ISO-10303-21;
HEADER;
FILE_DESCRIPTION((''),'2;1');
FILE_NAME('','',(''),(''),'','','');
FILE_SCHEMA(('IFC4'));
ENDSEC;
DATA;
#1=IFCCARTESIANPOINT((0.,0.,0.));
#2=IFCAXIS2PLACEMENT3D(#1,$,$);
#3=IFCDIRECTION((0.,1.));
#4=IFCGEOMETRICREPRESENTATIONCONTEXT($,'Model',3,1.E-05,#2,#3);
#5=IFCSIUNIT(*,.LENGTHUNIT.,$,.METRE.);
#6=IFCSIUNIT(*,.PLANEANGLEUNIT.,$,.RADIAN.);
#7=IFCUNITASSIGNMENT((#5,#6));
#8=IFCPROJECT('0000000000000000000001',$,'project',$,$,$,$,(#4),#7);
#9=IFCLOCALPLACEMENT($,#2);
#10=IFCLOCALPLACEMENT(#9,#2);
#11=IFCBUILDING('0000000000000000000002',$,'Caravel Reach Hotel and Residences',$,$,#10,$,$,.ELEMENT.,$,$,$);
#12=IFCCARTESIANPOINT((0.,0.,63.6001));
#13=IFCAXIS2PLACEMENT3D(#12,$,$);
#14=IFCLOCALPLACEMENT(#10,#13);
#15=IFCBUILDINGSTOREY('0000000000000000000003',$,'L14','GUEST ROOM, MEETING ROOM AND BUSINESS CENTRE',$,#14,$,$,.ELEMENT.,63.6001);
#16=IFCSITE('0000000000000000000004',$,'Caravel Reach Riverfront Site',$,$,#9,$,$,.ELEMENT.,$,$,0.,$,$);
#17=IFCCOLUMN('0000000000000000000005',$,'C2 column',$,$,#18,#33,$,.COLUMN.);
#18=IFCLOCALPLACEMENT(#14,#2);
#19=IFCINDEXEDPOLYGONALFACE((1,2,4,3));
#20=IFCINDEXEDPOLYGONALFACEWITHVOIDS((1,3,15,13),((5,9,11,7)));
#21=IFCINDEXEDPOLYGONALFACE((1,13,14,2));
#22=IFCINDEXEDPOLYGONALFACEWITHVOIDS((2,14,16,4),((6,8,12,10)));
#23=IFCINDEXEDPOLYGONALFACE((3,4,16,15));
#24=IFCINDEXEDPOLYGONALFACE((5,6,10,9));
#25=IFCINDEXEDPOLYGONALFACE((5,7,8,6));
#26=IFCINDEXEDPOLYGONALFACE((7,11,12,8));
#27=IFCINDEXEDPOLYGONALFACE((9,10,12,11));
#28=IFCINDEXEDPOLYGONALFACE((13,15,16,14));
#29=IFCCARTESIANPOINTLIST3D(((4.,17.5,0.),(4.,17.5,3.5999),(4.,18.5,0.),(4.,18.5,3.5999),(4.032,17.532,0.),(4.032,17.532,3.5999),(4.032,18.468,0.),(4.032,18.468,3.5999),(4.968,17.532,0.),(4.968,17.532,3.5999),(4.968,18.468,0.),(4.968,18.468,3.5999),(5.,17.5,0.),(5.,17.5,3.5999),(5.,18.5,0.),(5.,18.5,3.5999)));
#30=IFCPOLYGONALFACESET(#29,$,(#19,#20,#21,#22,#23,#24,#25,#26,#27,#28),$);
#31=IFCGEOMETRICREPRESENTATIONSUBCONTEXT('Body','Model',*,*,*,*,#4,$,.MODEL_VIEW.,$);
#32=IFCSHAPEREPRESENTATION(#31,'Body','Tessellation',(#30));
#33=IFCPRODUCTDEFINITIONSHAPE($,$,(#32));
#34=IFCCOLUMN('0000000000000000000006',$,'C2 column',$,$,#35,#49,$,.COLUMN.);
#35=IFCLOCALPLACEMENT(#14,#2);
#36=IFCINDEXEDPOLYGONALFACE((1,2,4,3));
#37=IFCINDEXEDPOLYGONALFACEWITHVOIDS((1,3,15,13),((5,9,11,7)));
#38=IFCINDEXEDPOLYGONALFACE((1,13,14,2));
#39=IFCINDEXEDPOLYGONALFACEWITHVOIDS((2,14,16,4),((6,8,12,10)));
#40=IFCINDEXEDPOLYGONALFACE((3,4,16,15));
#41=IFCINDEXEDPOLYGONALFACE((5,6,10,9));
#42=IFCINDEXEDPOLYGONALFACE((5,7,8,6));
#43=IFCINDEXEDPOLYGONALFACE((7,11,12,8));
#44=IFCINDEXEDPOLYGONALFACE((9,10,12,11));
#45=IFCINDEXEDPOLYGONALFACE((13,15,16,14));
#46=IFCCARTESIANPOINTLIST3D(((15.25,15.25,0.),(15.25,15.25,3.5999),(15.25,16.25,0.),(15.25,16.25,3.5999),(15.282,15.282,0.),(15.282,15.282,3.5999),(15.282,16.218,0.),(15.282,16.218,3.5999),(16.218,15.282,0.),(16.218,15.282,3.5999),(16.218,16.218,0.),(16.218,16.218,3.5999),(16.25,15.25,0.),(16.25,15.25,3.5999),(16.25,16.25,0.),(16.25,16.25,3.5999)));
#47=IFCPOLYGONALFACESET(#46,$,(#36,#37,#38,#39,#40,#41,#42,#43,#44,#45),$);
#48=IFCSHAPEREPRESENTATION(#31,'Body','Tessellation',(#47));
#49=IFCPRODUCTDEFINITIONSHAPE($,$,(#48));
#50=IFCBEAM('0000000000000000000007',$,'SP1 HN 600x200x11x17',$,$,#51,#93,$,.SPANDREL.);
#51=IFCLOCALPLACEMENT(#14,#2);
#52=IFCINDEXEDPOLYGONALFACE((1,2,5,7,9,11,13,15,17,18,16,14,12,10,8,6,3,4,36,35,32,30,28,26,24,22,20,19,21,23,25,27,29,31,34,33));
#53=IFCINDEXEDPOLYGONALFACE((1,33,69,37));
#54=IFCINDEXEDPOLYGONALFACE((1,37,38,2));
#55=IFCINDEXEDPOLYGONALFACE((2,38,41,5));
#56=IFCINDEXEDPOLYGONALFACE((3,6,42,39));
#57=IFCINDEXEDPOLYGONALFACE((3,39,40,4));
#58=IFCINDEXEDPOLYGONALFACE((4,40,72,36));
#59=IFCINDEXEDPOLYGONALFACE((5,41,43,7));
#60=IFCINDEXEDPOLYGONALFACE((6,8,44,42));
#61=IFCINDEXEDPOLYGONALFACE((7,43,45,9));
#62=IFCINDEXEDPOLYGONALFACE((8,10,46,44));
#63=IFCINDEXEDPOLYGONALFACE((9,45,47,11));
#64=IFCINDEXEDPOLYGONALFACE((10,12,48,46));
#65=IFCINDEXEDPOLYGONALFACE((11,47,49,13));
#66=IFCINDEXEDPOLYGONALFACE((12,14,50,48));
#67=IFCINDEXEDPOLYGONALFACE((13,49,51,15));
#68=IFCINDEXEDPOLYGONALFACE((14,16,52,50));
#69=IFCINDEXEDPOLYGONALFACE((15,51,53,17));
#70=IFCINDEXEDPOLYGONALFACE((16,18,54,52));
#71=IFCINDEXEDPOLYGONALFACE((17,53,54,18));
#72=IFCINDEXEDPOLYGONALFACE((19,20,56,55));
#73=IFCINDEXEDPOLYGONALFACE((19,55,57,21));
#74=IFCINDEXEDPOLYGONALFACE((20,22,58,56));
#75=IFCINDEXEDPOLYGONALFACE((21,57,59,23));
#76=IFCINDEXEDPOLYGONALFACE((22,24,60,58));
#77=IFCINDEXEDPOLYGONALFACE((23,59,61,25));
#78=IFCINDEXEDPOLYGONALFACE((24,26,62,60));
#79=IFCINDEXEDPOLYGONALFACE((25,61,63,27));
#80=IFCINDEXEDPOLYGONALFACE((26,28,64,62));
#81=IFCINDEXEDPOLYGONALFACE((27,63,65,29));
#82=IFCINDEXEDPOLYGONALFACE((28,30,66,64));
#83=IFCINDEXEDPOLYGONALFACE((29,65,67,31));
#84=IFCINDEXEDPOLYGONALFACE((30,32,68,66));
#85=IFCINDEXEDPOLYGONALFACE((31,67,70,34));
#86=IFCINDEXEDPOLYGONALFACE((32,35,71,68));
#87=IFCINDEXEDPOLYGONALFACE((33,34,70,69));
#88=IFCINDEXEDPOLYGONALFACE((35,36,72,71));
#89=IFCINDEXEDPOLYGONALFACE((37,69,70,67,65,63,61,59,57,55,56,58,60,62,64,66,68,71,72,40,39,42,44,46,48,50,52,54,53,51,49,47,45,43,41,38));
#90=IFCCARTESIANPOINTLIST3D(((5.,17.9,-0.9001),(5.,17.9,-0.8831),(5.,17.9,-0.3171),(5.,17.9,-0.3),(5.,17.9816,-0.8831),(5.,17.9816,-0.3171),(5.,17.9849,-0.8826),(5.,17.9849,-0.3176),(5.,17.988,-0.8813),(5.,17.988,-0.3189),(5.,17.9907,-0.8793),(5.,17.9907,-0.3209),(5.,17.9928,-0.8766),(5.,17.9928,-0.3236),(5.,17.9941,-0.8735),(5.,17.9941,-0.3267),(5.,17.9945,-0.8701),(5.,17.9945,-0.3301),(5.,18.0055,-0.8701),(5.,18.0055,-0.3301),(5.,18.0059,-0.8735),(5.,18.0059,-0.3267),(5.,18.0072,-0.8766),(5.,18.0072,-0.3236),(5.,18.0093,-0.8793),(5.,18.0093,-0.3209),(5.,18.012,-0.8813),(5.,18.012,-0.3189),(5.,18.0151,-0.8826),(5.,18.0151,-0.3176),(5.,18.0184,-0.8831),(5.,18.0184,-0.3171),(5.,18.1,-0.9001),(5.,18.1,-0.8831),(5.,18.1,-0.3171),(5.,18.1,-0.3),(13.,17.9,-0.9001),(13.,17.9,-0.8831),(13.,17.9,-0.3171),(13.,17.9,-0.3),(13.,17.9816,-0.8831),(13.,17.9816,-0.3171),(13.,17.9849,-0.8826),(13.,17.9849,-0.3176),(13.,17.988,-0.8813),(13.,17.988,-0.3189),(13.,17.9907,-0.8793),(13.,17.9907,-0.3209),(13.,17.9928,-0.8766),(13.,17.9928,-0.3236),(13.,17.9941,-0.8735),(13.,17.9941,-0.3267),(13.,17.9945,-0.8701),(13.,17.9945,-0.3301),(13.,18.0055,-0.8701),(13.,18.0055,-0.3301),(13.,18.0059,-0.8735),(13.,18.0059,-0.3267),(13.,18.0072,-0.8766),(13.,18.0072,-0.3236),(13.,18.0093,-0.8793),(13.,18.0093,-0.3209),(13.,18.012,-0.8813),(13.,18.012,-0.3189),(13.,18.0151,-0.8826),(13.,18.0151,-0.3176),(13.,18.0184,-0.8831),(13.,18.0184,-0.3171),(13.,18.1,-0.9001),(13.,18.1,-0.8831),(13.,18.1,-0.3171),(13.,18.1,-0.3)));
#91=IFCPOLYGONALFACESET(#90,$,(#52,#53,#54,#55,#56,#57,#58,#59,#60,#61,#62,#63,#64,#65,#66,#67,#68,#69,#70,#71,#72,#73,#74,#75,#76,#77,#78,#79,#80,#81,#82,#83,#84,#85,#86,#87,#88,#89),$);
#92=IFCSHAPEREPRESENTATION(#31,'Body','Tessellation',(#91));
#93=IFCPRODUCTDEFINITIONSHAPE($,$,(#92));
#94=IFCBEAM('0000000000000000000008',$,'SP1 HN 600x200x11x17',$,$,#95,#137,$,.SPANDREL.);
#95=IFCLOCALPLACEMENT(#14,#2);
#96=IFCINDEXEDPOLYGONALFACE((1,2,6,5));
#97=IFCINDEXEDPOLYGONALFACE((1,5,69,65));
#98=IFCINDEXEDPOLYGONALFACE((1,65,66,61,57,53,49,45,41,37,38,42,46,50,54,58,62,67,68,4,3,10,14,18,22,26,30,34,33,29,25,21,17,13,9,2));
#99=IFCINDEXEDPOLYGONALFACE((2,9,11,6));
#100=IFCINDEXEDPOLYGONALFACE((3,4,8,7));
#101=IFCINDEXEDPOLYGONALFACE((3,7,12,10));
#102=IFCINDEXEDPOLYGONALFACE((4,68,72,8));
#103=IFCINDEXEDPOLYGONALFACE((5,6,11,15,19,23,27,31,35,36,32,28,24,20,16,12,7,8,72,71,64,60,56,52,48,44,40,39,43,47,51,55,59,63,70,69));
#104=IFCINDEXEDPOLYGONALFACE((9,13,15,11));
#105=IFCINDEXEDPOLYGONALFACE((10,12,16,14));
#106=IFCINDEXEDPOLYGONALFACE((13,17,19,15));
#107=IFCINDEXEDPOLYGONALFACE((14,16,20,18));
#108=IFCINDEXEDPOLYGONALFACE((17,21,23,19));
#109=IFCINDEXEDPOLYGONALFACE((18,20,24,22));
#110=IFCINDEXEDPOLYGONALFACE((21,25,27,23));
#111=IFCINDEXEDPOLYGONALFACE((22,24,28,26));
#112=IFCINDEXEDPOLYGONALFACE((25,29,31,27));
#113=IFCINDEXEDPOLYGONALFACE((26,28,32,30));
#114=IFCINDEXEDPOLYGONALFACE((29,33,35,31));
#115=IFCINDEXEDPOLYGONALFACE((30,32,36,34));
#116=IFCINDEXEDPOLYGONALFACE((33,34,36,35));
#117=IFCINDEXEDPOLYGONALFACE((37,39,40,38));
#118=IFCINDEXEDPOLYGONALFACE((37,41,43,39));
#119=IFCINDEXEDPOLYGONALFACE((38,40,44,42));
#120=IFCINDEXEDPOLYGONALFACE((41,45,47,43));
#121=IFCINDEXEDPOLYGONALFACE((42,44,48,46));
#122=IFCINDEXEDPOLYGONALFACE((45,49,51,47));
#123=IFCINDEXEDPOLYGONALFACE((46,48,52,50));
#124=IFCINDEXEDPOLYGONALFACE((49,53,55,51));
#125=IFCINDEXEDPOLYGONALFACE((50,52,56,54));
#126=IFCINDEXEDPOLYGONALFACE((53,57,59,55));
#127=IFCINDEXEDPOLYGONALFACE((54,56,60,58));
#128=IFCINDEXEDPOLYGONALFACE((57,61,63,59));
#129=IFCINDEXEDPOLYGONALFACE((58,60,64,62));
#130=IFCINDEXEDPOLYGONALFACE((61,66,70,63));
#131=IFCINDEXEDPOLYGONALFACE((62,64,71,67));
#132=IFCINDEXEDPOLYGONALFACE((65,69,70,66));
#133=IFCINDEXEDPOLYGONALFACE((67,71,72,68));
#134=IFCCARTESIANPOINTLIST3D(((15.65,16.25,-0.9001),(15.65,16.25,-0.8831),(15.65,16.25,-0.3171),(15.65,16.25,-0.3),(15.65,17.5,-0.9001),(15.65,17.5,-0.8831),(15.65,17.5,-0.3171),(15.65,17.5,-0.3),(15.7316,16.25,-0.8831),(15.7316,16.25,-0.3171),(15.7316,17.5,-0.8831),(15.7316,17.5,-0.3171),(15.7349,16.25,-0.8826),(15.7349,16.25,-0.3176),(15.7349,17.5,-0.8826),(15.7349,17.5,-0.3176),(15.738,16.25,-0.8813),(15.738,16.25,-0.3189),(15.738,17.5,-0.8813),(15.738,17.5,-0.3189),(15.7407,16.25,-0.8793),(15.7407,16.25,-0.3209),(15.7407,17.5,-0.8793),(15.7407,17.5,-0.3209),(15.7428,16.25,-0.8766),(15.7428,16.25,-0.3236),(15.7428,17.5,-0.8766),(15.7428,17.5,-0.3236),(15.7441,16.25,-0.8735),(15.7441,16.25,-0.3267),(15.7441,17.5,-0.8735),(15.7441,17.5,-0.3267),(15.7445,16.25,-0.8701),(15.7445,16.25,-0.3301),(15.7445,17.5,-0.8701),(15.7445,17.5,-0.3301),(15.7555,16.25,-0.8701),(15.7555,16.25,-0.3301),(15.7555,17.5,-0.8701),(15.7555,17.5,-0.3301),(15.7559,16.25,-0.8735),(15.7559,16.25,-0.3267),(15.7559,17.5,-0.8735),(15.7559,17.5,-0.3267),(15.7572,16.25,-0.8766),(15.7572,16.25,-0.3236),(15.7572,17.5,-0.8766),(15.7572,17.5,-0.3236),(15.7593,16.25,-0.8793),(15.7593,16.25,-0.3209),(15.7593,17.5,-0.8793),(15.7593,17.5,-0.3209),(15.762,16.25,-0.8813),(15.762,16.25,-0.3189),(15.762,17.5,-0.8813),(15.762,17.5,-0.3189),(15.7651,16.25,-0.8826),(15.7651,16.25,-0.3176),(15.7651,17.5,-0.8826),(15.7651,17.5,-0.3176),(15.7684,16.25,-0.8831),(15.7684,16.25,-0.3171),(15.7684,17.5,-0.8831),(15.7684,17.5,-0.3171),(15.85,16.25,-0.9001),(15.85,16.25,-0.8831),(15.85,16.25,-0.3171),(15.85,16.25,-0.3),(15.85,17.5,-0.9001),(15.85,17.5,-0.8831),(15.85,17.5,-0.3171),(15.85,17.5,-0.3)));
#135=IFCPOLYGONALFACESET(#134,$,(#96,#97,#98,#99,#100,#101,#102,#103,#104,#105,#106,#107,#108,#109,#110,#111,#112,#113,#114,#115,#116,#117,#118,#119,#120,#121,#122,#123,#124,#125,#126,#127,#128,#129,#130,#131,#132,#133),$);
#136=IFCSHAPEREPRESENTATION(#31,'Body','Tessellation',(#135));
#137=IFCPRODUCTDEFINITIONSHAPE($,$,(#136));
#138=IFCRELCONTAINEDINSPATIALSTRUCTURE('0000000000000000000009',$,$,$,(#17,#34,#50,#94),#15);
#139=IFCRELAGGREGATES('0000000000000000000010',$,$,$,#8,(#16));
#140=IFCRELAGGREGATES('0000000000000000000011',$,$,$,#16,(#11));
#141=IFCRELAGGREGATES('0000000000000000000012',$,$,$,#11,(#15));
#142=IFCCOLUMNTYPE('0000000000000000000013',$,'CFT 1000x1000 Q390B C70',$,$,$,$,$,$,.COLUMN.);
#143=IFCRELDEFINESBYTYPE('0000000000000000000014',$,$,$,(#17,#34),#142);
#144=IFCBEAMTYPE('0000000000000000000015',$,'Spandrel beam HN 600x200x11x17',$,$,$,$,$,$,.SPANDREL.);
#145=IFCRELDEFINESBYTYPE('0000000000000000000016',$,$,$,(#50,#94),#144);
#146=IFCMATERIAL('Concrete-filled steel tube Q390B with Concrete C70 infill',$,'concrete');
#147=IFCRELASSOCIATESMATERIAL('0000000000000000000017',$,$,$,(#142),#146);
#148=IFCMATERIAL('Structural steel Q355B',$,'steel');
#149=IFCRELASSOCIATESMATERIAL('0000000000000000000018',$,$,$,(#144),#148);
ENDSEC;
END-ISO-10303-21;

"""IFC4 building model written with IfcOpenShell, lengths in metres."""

from ifc_helpers import new_model, si_unit, direction, frame, origin, origin_2d, place, context, subcontext, project, spatial, hollow_rectangle, i_section, extrude, material, material_profile, profile_set, type_object, element, save


model = new_model("IFC4")

# Units and contexts
model_context = context("Model", 3, precision=1e-05, world=origin(), true_north=direction((0.0, 1.0)))
body_context = subcontext(model_context, "Body", "Model", "MODEL_VIEW")
ifc_project = project(units=[si_unit("LENGTHUNIT", "METRE"), si_unit("PLANEANGLEUNIT", "RADIAN")], contexts=[model_context])

# Site, building, storey
site_placement = place(None, origin())
site = spatial("IfcSite", under=ifc_project, at=site_placement, Name="Caravel Reach Riverfront Site", CompositionType="ELEMENT", RefElevation=0.0)
building_placement = place(site_placement, origin())
building = spatial("IfcBuilding", under=site, at=building_placement, Name="Caravel Reach Hotel and Residences", CompositionType="ELEMENT")
storey_placement = place(building_placement, frame((0.0, 0.0, 63.6001)))
storey = spatial("IfcBuildingStorey", under=building, at=storey_placement, Name="L14", Description="GUEST ROOM, MEETING ROOM AND BUSINESS CENTRE", CompositionType="ELEMENT", Elevation=63.6001)

# Columns
ifc_material_1 = material(Name="Concrete-filled steel tube Q390B with Concrete C70 infill", Category="concrete")
ifc_material_profile_1 = material_profile(ifc_material_1, hollow_rectangle(XDim=1.0, YDim=1.0, WallThickness=0.032, at=origin_2d()), Name="RHS 1000x1000x32")
ifc_profile_set_1 = profile_set([ifc_material_profile_1], Name="Concrete-filled steel tube Q390B with Concrete C70 infill")
column_type = type_object("IfcColumnType", Name="CFT 1000x1000 Q390B C70", PredefinedType="COLUMN", material=ifc_profile_set_1)
for number, where, z_axis, x_axis, name in (
    (1, (4.5, 18.0, 0.0), (0.0, 0.0, 1.0), (1.0, 0.0, 0.0), "C2 column"),
    (2, (15.75, 15.75, 0.0), (0.0, 0.0, 1.0), (1.0, 0.0, 0.0), "C2 column"),
):
    element("IfcColumn", number, at=place(storey_placement, frame(where, z_axis=z_axis, x_axis=x_axis)), inside=storey, type_object=column_type, Name=name, PredefinedType="COLUMN", context=body_context, shape_type="SweptSolid", body=[
        extrude(hollow_rectangle(XDim=1.0, YDim=1.0, WallThickness=0.032, at=origin_2d()), origin(), (0.0, 0.0, 1.0), 3.5999),
    ])

# Beams
ifc_material_2 = material(Name="Structural steel Q355B", Category="steel")
ifc_material_profile_2 = material_profile(ifc_material_2, i_section(OverallWidth=0.2, OverallDepth=0.6001, WebThickness=0.011, FlangeThickness=0.0171, FilletRadius=0.0129, at=origin_2d()), Name="HN 600x200x11x17")
ifc_profile_set_2 = profile_set([ifc_material_profile_2], Name="Structural steel Q355B")
beam_type = type_object("IfcBeamType", Name="Spandrel beam HN 600x200x11x17", PredefinedType="SPANDREL", material=ifc_profile_set_2)
beam_1_placement = place(storey_placement, frame((5.0, 18.0, -0.6001), z_axis=(1.0, 0.0, 0.0), x_axis=(0.0, 1.0, 0.0)))
element("IfcBeam", 3, at=beam_1_placement, inside=storey, type_object=beam_type, Name="SP1 HN 600x200x11x17", PredefinedType="SPANDREL", context=body_context, shape_type="SweptSolid", body=[
    extrude(i_section(OverallWidth=0.2, OverallDepth=0.6001, WebThickness=0.011, FlangeThickness=0.0171, FilletRadius=0.0129, at=origin_2d()), origin(), (0.0, 0.0, 1.0), 8.0),
])
beam_2_placement = place(storey_placement, frame((15.75, 17.5, -0.6001), z_axis=(0.0, -1.0, 0.0), x_axis=(1.0, 0.0, 0.0)))
element("IfcBeam", 4, at=beam_2_placement, inside=storey, type_object=beam_type, Name="SP1 HN 600x200x11x17", PredefinedType="SPANDREL", context=body_context, shape_type="SweptSolid", body=[
    extrude(i_section(OverallWidth=0.2, OverallDepth=0.6001, WebThickness=0.011, FlangeThickness=0.0171, FilletRadius=0.0129, at=origin_2d()), origin(), (0.0, 0.0, 1.0), 1.25),
])

save(model, "model.ifc")
